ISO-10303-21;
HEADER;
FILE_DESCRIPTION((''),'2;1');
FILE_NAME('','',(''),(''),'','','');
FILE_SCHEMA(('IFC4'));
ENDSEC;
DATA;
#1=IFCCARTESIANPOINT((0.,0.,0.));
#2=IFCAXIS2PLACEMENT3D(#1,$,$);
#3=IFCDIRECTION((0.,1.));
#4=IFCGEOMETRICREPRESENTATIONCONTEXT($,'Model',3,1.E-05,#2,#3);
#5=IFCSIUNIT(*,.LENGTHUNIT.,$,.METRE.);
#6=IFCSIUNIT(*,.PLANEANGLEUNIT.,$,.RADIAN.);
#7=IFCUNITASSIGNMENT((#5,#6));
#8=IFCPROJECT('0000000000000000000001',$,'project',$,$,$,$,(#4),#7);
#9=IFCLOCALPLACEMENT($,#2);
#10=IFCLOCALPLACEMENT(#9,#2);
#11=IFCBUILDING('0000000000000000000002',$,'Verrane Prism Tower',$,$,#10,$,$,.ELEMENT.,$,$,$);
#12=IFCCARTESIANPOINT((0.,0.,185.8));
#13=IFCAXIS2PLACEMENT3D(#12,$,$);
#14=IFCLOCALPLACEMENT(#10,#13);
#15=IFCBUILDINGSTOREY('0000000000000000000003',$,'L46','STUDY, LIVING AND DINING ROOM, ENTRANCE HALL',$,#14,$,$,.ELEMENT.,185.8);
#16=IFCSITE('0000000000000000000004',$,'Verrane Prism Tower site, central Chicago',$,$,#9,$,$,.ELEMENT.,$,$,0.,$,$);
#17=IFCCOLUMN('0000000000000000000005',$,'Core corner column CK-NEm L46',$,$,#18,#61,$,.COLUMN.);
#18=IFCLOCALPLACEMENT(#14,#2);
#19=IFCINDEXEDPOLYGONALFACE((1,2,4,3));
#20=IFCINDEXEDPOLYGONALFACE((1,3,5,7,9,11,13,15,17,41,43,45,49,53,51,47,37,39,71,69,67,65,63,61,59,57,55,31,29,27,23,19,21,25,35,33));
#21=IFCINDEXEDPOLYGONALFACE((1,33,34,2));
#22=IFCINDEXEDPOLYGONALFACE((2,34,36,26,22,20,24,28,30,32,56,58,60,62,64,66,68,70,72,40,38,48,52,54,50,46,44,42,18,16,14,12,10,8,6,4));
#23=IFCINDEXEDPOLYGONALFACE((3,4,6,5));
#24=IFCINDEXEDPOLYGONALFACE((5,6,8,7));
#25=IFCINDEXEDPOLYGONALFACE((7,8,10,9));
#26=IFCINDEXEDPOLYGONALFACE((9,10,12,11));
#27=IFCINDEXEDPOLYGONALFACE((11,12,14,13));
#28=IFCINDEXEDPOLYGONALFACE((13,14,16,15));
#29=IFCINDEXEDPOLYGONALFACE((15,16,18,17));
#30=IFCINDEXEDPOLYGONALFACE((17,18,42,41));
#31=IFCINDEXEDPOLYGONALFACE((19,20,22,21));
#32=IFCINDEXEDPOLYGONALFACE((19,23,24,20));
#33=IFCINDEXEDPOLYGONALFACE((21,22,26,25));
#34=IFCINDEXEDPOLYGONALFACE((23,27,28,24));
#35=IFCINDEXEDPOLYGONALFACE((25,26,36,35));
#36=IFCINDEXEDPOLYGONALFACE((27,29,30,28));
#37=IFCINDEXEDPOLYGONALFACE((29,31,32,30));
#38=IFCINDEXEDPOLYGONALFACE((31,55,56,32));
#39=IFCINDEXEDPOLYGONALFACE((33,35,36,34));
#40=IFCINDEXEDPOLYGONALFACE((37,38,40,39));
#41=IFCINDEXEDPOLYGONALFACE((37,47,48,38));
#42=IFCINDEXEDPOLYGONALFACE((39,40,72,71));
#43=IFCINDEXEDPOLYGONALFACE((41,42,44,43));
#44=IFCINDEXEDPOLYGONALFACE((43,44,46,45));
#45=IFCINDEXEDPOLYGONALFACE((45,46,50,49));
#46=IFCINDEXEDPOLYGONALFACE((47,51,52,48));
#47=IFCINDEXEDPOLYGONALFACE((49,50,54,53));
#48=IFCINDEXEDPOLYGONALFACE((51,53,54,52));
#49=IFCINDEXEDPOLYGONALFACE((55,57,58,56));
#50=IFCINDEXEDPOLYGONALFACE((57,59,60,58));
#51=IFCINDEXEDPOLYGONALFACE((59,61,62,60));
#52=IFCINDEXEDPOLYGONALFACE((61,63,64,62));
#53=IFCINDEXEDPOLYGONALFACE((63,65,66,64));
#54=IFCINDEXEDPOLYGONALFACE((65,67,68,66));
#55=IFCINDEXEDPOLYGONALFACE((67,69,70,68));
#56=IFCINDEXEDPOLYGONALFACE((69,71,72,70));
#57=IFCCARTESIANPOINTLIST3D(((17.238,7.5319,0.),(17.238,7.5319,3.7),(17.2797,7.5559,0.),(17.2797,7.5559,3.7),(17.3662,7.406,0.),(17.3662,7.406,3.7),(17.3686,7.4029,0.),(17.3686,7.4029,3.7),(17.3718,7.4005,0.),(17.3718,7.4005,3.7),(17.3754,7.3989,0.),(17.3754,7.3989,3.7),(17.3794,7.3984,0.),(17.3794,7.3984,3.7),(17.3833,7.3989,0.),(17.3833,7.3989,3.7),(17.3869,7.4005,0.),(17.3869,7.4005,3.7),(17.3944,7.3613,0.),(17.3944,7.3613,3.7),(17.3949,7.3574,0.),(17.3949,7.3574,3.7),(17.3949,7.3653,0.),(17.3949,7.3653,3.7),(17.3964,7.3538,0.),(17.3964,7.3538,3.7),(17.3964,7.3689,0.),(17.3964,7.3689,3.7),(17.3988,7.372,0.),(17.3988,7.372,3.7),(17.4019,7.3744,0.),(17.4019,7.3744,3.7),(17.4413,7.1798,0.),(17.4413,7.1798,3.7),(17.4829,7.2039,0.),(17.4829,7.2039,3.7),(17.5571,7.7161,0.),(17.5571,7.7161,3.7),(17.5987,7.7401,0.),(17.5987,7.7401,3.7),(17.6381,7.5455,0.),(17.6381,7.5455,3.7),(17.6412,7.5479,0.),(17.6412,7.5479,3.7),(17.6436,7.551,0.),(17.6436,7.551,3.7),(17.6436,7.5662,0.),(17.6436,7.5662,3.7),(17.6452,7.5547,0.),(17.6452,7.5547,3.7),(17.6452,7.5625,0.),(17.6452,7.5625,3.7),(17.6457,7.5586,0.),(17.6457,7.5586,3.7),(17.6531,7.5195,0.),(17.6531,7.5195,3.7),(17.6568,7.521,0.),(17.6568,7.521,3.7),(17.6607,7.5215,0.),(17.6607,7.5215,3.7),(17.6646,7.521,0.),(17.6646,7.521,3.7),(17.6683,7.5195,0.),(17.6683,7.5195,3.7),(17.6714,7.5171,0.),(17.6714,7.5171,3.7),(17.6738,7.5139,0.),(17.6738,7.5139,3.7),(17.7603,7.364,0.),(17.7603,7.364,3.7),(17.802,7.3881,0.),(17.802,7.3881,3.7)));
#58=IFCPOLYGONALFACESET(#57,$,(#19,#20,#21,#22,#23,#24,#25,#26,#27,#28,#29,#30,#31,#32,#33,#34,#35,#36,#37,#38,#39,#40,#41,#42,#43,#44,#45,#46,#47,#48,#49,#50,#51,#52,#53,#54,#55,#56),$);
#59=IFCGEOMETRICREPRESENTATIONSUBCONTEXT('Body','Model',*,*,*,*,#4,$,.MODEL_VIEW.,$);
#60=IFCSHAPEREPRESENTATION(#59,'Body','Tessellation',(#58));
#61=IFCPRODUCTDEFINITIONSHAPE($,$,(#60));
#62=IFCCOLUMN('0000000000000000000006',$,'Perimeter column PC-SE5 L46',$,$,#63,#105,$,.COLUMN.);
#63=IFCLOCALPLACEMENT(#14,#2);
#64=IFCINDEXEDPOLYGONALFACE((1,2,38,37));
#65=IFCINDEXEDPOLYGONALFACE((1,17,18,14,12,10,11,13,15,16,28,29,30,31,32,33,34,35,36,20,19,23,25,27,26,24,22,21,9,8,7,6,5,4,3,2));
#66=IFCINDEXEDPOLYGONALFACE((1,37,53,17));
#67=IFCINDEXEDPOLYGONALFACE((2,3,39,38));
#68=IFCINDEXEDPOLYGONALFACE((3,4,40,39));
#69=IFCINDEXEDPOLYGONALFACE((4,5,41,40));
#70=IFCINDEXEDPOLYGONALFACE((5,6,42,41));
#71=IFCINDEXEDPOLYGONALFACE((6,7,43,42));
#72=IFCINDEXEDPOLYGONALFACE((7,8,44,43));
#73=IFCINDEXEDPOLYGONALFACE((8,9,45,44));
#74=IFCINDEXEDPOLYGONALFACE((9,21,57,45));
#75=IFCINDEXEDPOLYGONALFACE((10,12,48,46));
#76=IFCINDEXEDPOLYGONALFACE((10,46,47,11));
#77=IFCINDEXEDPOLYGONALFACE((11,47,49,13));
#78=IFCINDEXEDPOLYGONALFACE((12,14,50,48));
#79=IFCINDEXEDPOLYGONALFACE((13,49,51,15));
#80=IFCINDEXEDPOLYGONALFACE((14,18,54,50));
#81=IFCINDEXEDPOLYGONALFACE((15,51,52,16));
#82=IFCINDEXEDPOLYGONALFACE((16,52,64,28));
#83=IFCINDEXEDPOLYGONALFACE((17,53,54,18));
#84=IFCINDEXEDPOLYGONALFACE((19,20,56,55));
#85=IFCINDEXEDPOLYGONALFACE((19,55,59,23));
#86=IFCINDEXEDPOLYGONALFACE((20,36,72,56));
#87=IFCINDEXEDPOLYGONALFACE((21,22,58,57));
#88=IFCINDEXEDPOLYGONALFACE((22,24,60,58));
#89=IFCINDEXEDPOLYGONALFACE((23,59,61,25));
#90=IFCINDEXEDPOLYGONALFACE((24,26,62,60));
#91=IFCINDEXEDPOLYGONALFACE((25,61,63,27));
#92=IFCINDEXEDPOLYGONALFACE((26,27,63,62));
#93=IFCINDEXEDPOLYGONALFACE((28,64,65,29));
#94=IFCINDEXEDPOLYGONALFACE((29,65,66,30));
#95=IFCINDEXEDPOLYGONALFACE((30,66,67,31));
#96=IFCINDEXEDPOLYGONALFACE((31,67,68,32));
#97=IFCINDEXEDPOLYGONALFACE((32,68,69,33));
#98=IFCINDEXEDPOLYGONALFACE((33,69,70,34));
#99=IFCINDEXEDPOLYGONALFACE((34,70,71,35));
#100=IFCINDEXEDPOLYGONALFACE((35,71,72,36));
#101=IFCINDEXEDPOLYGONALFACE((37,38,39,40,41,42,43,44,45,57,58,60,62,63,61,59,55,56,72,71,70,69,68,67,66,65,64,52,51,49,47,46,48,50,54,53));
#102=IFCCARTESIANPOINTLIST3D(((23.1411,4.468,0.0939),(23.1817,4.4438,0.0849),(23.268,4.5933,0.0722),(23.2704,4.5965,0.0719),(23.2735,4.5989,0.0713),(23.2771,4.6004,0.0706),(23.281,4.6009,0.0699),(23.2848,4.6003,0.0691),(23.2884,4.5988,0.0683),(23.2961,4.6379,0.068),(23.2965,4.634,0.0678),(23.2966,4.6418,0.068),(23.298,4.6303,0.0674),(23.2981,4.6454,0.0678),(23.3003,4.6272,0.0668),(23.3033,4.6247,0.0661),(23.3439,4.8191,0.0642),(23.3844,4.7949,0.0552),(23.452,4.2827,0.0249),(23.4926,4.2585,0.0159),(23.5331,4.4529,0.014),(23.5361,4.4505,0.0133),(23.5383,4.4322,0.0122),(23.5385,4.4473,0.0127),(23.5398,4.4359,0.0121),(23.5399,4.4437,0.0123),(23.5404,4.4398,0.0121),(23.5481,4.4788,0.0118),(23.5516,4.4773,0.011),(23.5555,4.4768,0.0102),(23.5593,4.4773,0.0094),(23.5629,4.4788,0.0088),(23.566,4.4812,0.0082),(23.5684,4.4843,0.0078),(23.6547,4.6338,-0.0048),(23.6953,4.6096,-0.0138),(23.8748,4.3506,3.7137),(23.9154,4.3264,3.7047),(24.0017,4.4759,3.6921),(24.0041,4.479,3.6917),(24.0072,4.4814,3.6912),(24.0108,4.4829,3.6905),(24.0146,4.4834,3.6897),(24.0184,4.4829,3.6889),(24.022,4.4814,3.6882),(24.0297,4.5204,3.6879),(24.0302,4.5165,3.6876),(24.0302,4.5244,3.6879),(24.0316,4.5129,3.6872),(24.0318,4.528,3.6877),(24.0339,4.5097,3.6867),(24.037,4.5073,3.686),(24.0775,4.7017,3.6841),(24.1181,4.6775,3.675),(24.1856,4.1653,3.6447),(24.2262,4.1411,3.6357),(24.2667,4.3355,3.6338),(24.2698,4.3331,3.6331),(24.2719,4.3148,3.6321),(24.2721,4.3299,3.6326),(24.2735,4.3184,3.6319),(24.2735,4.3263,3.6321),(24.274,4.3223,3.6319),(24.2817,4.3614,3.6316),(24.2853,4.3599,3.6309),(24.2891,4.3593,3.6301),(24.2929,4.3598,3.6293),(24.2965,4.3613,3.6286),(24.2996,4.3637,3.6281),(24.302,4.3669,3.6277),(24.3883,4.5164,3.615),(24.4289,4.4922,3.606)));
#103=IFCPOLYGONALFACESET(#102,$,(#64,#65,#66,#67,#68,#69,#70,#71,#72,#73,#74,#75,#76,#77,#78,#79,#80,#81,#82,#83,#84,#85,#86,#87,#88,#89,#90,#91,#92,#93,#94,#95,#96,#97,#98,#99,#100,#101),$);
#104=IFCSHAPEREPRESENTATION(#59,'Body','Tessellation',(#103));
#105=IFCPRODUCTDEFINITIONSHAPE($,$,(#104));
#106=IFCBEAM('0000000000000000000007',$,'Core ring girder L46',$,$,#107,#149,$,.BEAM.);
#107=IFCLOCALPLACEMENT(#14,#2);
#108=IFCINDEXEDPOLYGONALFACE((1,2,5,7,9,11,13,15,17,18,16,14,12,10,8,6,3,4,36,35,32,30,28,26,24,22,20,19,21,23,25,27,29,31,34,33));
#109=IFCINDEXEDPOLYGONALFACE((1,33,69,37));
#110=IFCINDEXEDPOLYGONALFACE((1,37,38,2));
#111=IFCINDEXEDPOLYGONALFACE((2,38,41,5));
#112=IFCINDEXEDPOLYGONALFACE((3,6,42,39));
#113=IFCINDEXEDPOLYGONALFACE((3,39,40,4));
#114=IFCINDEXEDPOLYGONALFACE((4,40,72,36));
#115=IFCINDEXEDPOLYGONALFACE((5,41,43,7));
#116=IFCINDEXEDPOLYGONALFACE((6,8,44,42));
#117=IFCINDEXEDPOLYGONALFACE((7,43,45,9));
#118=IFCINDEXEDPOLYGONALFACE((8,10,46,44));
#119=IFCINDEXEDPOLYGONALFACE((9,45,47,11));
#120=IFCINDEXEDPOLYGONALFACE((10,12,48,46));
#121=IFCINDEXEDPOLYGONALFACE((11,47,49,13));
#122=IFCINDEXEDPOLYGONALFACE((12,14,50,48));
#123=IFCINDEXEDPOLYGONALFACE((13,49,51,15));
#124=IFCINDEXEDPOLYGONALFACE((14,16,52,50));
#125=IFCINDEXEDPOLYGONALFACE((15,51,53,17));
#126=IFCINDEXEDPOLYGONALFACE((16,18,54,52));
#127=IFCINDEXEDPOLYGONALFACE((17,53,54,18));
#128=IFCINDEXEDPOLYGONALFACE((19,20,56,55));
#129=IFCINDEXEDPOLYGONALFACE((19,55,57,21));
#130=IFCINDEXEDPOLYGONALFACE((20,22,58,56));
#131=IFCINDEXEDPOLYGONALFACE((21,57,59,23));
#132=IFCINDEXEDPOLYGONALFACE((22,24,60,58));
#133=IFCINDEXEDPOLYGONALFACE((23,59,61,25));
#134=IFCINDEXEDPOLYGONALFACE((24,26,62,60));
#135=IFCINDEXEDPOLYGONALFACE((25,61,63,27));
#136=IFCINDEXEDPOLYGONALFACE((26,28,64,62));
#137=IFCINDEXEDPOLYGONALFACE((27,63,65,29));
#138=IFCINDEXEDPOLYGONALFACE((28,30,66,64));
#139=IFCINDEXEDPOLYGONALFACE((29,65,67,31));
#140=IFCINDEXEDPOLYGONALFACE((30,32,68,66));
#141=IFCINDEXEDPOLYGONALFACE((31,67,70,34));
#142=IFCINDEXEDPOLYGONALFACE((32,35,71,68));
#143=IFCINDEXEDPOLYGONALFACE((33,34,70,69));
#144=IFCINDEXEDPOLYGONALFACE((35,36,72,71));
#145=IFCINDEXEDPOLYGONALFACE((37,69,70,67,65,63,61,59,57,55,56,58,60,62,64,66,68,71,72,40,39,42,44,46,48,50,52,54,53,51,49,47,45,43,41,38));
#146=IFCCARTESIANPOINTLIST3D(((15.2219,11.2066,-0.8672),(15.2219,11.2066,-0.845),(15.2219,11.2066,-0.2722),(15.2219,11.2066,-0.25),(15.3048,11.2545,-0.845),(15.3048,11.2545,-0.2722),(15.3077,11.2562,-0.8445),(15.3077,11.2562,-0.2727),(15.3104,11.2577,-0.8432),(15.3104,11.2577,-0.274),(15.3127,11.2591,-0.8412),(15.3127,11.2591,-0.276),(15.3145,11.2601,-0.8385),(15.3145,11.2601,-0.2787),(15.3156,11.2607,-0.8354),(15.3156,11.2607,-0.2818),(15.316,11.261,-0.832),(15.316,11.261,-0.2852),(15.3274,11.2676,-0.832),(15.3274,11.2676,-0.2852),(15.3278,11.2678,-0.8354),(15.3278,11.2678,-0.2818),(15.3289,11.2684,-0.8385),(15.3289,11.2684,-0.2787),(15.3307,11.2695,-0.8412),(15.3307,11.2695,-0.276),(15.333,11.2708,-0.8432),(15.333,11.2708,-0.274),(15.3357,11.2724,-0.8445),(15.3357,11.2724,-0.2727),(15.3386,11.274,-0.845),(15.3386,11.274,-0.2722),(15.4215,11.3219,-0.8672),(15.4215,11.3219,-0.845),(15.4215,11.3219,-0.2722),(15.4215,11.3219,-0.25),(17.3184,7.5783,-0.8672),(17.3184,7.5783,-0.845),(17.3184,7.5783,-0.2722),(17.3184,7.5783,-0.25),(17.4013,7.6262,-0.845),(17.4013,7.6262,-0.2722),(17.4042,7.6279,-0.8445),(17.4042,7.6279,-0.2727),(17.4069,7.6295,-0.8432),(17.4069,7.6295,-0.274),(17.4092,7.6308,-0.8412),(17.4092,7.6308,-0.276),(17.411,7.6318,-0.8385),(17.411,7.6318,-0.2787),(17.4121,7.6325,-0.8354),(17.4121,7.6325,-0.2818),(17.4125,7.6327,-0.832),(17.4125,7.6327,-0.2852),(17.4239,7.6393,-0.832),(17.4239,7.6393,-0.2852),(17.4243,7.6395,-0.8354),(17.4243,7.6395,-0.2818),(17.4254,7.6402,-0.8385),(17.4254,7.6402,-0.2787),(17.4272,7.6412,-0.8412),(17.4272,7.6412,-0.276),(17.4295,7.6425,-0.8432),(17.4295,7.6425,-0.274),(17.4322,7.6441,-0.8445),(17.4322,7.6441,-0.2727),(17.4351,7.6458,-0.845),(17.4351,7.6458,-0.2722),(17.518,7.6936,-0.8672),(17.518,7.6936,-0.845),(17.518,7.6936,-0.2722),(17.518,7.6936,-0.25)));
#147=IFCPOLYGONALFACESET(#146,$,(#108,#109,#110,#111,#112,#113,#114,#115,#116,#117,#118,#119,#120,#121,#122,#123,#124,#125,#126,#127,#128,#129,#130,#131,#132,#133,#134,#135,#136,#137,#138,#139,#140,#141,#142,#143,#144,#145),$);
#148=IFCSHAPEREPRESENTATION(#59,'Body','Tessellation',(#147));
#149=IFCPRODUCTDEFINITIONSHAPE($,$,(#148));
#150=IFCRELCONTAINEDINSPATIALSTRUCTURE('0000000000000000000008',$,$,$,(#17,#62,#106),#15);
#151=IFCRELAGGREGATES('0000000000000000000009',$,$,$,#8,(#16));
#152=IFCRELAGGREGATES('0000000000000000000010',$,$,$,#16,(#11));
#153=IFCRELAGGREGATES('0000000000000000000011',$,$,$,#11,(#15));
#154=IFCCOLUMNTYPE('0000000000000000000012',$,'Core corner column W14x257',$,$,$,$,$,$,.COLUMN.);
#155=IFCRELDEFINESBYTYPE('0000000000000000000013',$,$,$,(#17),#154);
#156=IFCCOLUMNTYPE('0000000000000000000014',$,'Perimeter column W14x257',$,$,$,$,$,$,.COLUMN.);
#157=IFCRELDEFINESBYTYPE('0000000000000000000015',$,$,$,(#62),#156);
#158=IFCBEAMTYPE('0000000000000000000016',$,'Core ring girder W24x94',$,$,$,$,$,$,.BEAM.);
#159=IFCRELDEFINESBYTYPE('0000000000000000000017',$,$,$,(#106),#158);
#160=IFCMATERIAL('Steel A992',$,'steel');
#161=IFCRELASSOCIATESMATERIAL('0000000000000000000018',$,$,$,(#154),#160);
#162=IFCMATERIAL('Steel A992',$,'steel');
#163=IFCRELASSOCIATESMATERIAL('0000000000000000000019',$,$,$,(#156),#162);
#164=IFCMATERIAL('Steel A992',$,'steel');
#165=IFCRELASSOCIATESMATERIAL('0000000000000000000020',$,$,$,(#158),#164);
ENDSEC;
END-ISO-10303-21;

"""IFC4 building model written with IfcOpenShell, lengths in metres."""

from ifc_helpers import new_model, si_unit, direction, frame, origin, origin_2d, place, context, subcontext, project, spatial, i_section, extrude, material, material_profile, profile_set, type_object, element, save


model = new_model("IFC4")

# Units and contexts
model_context = context("Model", 3, precision=1e-05, world=origin(), true_north=direction((0.0, 1.0)))
body_context = subcontext(model_context, "Body", "Model", "MODEL_VIEW")
ifc_project = project(units=[si_unit("LENGTHUNIT", "METRE"), si_unit("PLANEANGLEUNIT", "RADIAN")], contexts=[model_context])

# Site, building, storey
site_placement = place(None, origin())
site = spatial("IfcSite", under=ifc_project, at=site_placement, Name="Verrane Prism Tower site, central Chicago", CompositionType="ELEMENT", RefElevation=0.0)
building_placement = place(site_placement, origin())
building = spatial("IfcBuilding", under=site, at=building_placement, Name="Verrane Prism Tower", CompositionType="ELEMENT")
storey_placement = place(building_placement, frame((0.0, 0.0, 185.8)))
storey = spatial("IfcBuildingStorey", under=building, at=storey_placement, Name="L46", Description="STUDY, LIVING AND DINING ROOM, ENTRANCE HALL", CompositionType="ELEMENT", Elevation=185.8)

# Columns
ifc_material_1 = material(Name="Steel A992", Category="steel")
ifc_material_profile_1 = material_profile(ifc_material_1, i_section(OverallWidth=0.4065, OverallDepth=0.4165, WebThickness=0.03, FlangeThickness=0.0481, FilletRadius=0.0151, at=origin_2d()), Name="W14x257")
ifc_profile_set_1 = profile_set([ifc_material_profile_1], Name="Steel A992")
column_type_1 = type_object("IfcColumnType", Name="Core corner column W14x257", PredefinedType="COLUMN", material=ifc_profile_set_1)
column_1_placement = place(storey_placement, frame((17.52, 7.46, 0.0), z_axis=(0.0, 0.0, 1.0), x_axis=(0.5, -0.866025, 0.0)))
element("IfcColumn", 1, at=column_1_placement, inside=storey, type_object=column_type_1, Name="Core corner column CK-NEm L46", PredefinedType="COLUMN", context=body_context, shape_type="SweptSolid", body=[
    extrude(i_section(OverallWidth=0.4065, OverallDepth=0.4165, WebThickness=0.03, FlangeThickness=0.0481, FilletRadius=0.0151, at=origin_2d()), origin(), (0.0, 0.0, 1.0), 3.7),
])
ifc_material_2 = material(Name="Steel A992", Category="steel")
ifc_material_profile_2 = material_profile(ifc_material_2, i_section(OverallWidth=0.4065, OverallDepth=0.4165, WebThickness=0.03, FlangeThickness=0.0481, FilletRadius=0.0151, at=origin_2d()), Name="W14x257")
ifc_profile_set_2 = profile_set([ifc_material_profile_2], Name="Steel A992")
column_type_2 = type_object("IfcColumnType", Name="Perimeter column W14x257", PredefinedType="COLUMN", material=ifc_profile_set_2)
column_2_placement = place(storey_placement, frame((23.4182, 4.5388, 0.04), z_axis=(0.198532, -0.031778, 0.979579), x_axis=(-0.498722, -0.863678, 0.073058)))
element("IfcColumn", 2, at=column_2_placement, inside=storey, type_object=column_type_2, Name="Perimeter column PC-SE5 L46", PredefinedType="COLUMN", context=body_context, shape_type="SweptSolid", body=[
    extrude(i_section(OverallWidth=0.4065, OverallDepth=0.4165, WebThickness=0.03, FlangeThickness=0.0481, FilletRadius=0.0151, at=origin_2d()), origin(), (0.0, 0.0, 1.0), 3.6953),
])

# Beam
ifc_material_3 = material(Name="Steel A992", Category="steel")
ifc_material_profile_3 = material_profile(ifc_material_3, i_section(OverallWidth=0.2305, OverallDepth=0.6172, WebThickness=0.0132, FlangeThickness=0.0222, FilletRadius=0.0129, at=origin_2d()), Name="W24x94")
ifc_profile_set_3 = profile_set([ifc_material_profile_3], Name="Steel A992")
beam_type_1 = type_object("IfcBeamType", Name="Core ring girder W24x94", PredefinedType="BEAM", material=ifc_profile_set_3)
beam_1_placement = place(storey_placement, frame((17.4182, 7.636, -0.5586), z_axis=(-0.500306, 0.865849, 0.0), x_axis=(-0.865849, -0.500306, 0.0)))
element("IfcBeam", 3, at=beam_1_placement, inside=storey, type_object=beam_type_1, Name="Core ring girder L46", PredefinedType="BEAM", context=body_context, shape_type="SweptSolid", body=[
    extrude(i_section(OverallWidth=0.2305, OverallDepth=0.6172, WebThickness=0.0132, FlangeThickness=0.0222, FilletRadius=0.0129, at=origin_2d()), origin(), (0.0, 0.0, 1.0), 4.1904),
])

save(model, "model.ifc")
